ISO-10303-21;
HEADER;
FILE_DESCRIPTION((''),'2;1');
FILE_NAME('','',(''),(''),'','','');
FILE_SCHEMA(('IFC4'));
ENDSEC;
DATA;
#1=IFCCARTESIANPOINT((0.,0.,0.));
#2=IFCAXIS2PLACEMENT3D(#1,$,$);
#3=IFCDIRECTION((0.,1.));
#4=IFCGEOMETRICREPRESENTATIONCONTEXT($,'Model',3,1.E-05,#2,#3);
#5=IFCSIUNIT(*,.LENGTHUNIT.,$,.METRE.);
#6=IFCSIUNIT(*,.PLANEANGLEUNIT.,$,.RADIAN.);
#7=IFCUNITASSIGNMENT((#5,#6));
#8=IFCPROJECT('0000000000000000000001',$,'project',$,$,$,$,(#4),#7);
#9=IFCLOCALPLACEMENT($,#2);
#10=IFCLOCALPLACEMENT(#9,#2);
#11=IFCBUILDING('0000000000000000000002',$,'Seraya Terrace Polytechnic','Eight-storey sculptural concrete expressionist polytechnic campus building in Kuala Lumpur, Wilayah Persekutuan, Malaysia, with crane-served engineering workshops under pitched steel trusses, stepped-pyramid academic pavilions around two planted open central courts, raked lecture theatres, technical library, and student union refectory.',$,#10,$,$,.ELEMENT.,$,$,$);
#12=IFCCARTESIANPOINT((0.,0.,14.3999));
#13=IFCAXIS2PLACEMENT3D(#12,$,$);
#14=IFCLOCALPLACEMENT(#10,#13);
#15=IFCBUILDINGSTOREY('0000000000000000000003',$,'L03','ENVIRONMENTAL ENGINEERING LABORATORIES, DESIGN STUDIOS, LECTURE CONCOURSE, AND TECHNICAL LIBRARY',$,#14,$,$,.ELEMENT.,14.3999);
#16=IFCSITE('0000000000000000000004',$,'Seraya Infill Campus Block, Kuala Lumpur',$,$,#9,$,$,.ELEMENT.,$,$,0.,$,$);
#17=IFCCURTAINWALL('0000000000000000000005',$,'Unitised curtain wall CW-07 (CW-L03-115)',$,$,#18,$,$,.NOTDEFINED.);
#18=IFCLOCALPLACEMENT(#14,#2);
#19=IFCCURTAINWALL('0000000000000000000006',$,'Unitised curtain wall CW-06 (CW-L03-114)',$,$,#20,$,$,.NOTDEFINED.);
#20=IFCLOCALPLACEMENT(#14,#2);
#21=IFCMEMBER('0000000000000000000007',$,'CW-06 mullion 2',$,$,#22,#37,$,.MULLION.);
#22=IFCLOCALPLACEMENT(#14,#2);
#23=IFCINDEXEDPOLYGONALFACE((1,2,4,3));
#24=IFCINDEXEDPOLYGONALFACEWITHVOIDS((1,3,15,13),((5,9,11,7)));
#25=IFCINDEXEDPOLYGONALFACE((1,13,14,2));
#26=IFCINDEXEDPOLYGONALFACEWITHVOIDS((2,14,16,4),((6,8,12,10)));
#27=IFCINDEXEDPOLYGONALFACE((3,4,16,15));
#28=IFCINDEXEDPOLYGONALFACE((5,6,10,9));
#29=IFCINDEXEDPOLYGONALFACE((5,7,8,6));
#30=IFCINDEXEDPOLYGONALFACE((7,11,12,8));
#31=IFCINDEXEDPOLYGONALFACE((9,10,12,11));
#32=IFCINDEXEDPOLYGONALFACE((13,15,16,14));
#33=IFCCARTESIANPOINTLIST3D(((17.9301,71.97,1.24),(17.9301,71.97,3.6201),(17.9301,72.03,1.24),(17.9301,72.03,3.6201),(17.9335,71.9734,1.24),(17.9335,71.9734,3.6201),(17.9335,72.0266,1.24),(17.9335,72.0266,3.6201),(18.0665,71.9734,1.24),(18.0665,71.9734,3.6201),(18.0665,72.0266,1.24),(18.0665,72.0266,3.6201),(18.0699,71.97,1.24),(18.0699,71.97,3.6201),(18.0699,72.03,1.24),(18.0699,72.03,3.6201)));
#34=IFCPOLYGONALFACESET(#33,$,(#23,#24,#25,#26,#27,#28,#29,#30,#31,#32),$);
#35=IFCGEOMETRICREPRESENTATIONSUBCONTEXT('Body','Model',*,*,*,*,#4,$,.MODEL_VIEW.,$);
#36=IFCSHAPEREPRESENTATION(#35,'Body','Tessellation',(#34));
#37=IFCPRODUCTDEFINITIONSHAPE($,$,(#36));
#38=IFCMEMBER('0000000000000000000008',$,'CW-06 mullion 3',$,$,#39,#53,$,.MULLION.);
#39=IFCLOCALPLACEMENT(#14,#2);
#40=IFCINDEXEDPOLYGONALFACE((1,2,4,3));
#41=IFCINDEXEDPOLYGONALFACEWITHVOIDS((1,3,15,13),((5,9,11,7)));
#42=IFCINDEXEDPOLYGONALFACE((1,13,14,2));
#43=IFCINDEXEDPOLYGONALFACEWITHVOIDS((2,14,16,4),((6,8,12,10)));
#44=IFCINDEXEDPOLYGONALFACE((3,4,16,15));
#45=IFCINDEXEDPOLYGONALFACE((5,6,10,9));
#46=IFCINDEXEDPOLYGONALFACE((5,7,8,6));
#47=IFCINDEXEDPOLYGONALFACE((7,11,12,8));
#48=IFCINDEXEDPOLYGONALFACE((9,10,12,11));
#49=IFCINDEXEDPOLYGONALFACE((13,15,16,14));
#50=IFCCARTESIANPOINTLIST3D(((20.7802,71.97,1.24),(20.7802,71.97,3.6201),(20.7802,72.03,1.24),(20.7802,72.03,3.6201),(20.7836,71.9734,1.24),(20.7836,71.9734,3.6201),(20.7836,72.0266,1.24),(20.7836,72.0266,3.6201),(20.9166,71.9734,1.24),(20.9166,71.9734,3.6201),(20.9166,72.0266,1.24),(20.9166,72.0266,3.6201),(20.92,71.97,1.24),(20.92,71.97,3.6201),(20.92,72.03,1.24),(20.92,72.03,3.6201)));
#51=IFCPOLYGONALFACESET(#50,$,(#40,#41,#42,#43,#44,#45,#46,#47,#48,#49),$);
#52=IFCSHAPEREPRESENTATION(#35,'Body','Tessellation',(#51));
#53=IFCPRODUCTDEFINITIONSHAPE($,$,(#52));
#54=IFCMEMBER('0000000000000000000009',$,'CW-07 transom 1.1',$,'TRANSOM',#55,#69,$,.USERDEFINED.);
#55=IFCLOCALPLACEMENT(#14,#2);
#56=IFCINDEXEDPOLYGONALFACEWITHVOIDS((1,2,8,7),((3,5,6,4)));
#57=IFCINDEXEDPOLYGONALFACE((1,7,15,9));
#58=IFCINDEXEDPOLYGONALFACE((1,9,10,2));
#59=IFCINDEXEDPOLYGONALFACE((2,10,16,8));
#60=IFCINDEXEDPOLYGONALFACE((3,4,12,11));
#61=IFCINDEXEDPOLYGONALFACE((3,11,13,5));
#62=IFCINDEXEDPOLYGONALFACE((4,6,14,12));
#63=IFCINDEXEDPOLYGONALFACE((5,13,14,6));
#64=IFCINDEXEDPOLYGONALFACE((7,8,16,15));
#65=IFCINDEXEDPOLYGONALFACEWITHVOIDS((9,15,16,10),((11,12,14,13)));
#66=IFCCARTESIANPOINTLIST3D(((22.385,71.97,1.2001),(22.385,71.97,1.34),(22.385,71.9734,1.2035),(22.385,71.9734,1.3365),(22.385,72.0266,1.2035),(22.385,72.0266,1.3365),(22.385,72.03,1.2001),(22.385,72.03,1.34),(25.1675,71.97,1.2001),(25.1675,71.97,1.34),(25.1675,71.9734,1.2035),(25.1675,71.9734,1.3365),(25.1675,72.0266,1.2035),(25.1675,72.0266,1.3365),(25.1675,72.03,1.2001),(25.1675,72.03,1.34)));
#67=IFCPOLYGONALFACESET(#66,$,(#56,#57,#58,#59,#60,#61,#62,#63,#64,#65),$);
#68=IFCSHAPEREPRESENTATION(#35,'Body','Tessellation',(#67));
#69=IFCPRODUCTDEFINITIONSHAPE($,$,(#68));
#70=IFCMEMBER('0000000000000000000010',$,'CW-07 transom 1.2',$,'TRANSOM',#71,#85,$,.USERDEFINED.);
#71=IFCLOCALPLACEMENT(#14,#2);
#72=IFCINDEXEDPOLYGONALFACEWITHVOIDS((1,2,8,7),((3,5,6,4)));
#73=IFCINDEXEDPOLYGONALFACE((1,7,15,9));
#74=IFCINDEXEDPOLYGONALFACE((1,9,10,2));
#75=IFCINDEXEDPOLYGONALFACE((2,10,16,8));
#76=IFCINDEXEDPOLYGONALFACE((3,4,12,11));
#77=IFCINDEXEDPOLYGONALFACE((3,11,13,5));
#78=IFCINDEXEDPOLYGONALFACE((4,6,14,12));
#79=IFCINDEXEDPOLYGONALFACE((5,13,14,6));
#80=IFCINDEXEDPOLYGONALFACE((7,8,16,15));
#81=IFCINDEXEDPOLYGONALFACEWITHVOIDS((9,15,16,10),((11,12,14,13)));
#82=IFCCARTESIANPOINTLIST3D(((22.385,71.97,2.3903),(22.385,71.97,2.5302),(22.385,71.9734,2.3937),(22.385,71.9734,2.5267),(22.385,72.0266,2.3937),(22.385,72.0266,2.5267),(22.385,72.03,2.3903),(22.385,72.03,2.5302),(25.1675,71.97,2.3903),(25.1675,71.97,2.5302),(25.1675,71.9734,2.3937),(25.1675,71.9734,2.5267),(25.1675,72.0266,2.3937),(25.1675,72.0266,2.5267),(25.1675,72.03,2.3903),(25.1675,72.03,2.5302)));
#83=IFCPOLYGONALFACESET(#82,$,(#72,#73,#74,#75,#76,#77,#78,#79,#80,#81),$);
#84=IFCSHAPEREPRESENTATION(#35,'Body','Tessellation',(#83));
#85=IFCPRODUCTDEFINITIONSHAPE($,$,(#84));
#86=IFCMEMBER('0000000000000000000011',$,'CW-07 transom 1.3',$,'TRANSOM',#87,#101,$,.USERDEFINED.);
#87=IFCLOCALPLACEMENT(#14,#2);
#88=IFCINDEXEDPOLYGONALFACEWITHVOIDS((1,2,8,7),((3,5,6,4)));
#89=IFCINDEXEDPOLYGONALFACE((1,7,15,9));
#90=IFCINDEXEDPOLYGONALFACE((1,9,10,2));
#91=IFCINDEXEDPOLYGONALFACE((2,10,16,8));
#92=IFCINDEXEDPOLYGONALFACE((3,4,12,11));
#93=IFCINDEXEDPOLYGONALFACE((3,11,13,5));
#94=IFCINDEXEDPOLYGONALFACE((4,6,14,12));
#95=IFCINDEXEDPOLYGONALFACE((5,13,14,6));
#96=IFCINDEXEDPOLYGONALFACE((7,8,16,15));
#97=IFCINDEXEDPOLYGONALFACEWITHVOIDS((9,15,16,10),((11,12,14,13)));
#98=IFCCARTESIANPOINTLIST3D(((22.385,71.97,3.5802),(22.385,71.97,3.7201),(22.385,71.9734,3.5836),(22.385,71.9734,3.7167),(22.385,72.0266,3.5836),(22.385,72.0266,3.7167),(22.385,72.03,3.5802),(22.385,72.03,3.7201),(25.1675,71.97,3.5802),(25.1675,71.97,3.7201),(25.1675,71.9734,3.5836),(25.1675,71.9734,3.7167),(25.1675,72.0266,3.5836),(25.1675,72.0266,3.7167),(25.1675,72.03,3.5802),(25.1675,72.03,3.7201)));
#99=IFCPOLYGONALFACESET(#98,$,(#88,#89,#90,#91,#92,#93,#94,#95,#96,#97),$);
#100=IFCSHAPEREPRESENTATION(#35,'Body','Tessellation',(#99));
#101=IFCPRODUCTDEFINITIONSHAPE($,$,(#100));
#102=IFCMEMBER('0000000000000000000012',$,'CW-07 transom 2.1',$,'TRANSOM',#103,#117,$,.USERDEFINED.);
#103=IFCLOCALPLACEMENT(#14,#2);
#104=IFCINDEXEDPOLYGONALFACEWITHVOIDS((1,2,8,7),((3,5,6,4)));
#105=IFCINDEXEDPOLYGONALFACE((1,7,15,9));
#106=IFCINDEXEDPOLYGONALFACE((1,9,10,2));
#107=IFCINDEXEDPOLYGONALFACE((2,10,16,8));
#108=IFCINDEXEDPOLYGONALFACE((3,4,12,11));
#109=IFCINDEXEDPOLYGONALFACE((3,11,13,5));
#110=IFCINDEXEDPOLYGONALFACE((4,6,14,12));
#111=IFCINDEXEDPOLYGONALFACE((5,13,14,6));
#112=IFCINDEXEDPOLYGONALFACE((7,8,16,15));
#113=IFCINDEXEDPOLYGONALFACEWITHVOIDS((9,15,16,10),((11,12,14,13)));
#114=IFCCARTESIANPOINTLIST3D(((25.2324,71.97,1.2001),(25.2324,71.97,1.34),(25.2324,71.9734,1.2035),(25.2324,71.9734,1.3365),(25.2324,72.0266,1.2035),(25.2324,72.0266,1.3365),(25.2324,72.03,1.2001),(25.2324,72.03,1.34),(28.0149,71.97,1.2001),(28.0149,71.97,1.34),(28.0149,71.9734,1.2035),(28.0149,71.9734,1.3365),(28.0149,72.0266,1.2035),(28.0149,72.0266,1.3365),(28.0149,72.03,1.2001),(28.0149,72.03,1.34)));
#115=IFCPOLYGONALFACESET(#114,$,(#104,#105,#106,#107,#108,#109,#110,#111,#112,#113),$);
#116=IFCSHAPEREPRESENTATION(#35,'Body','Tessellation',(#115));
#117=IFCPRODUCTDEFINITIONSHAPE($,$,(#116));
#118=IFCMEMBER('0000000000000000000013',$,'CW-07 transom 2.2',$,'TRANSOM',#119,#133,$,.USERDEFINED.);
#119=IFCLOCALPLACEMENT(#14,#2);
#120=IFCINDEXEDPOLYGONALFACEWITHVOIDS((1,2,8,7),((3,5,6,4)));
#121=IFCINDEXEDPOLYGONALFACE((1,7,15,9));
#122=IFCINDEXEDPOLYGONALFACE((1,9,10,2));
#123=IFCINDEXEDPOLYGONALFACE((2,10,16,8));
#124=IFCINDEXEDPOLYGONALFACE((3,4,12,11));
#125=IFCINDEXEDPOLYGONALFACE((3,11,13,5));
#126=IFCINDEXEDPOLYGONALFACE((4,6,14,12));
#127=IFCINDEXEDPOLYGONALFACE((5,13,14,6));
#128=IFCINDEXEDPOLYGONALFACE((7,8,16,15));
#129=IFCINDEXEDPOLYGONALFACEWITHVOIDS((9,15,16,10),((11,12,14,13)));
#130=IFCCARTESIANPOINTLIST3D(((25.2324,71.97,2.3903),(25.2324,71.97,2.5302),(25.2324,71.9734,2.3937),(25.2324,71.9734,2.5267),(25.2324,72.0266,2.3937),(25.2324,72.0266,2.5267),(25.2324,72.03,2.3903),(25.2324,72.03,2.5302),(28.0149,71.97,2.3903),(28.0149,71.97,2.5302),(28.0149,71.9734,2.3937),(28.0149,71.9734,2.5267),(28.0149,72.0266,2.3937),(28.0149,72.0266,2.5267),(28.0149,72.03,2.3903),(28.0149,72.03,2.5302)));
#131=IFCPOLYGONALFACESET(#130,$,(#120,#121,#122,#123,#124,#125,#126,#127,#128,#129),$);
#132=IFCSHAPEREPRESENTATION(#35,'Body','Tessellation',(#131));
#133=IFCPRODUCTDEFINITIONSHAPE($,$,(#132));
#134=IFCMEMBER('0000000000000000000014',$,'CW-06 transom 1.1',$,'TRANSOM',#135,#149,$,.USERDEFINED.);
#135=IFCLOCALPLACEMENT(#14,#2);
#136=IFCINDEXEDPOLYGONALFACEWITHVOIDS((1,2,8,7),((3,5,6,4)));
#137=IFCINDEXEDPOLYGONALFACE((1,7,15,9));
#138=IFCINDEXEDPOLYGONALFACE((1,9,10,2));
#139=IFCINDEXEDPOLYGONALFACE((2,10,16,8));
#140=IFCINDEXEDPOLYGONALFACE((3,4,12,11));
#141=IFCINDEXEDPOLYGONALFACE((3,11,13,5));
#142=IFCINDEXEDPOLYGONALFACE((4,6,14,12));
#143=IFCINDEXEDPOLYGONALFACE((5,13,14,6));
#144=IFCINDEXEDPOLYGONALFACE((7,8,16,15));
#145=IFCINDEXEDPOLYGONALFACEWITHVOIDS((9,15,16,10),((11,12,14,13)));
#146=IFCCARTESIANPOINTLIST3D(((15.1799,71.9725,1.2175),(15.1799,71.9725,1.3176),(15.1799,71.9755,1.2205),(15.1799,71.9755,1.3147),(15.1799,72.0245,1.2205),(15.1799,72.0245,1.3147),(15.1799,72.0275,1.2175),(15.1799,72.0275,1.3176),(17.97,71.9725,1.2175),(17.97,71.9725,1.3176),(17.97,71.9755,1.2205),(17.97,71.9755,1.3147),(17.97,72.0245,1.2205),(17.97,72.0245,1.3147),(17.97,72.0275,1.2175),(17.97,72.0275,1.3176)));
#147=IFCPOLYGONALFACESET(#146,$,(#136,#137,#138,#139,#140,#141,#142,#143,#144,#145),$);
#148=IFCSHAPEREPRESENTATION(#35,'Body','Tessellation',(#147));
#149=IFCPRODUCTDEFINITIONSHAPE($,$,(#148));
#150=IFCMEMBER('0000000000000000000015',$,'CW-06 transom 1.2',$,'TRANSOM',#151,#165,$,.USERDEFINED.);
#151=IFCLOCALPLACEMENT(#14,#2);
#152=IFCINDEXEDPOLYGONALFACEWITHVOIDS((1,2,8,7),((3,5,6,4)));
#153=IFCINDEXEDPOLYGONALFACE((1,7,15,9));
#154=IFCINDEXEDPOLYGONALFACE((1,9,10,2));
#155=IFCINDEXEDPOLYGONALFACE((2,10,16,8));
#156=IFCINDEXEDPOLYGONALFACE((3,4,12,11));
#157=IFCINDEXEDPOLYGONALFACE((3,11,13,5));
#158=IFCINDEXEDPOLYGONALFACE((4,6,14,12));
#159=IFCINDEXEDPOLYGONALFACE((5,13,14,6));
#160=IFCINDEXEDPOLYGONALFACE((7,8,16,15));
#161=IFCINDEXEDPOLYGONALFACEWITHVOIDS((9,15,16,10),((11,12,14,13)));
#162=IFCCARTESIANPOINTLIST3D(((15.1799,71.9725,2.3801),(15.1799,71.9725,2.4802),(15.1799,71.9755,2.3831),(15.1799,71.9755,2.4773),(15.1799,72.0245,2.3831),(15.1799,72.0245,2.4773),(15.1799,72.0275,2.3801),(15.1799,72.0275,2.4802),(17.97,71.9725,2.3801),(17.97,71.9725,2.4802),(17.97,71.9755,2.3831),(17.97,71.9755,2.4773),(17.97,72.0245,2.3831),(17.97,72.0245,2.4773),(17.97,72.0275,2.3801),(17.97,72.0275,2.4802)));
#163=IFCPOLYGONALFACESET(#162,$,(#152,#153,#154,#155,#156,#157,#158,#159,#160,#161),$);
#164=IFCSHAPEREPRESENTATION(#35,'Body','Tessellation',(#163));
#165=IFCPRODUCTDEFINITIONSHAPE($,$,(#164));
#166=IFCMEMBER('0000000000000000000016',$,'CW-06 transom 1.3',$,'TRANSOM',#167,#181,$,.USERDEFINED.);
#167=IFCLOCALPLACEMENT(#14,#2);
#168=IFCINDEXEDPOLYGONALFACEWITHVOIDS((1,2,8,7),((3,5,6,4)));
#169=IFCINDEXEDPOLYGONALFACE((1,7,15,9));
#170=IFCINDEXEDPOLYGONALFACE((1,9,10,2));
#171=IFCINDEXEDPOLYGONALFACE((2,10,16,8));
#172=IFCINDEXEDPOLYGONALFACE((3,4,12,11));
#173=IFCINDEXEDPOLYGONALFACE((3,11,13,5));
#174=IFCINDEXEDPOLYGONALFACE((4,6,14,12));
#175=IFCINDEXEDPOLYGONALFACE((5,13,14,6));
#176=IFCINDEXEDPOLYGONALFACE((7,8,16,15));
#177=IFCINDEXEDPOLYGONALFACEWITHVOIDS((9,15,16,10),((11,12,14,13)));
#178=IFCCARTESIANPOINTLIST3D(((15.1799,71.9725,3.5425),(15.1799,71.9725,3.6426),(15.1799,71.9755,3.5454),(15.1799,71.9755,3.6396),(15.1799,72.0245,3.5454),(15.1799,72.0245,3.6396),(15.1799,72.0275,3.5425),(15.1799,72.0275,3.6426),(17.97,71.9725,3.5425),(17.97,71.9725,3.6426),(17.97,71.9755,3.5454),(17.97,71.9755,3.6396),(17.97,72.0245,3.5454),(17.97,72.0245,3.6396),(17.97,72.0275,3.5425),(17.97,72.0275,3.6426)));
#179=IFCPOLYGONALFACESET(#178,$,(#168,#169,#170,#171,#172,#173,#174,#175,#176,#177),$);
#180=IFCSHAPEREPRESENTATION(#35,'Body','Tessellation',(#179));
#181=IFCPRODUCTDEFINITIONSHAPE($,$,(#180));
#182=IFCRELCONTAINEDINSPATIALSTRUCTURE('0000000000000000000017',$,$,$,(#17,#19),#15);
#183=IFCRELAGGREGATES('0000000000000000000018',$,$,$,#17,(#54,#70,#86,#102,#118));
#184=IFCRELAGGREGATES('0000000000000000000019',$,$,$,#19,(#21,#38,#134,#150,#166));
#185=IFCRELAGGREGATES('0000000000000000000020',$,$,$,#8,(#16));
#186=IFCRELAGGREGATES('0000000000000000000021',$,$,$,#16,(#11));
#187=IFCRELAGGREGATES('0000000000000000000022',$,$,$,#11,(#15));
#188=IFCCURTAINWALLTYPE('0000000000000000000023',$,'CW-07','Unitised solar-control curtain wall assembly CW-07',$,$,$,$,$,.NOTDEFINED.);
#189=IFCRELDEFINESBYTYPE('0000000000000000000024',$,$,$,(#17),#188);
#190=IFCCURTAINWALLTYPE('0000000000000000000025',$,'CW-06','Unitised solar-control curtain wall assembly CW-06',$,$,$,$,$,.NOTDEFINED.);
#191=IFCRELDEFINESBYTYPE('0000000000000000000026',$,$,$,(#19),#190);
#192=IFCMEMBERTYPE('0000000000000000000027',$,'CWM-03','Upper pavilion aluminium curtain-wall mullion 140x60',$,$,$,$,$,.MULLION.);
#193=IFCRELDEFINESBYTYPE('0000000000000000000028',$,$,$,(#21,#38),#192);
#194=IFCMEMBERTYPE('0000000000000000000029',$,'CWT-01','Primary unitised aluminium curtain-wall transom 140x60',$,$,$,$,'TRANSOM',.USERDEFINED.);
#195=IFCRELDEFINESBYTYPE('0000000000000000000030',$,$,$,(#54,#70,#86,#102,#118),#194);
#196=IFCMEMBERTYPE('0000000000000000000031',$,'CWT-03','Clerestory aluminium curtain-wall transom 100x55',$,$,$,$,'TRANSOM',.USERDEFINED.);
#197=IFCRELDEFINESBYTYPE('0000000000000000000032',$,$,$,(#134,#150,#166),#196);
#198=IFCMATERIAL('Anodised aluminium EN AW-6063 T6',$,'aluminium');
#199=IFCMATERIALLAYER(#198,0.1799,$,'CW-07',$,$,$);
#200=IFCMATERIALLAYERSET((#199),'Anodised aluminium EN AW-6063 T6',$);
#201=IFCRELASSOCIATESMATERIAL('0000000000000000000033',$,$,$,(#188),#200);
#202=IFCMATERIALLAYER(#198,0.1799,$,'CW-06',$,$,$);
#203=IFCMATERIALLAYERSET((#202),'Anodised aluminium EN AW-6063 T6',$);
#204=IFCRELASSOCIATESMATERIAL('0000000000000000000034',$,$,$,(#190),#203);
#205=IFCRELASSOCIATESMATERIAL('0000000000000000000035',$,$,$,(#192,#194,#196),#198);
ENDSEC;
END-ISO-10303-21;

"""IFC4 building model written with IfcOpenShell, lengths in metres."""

from ifc_helpers import new_model, si_unit, direction, frame, origin, origin_2d, place, context, subcontext, project, spatial, hollow_rectangle, extrude, material, layer, layer_set, material_profile, profile_set, type_object, element, aggregate, save


model = new_model("IFC4")

# Units and contexts
model_context = context("Model", 3, precision=1e-05, world=origin(), true_north=direction((0.0, 1.0)))
body_context = subcontext(model_context, "Body", "Model", "MODEL_VIEW")
ifc_project = project(units=[si_unit("LENGTHUNIT", "METRE"), si_unit("PLANEANGLEUNIT", "RADIAN")], contexts=[model_context])

# Site, building, storey
site_placement = place(None, origin())
site = spatial("IfcSite", under=ifc_project, at=site_placement, Name="Seraya Infill Campus Block, Kuala Lumpur", CompositionType="ELEMENT", RefElevation=0.0)
building_placement = place(site_placement, origin())
building = spatial("IfcBuilding", under=site, at=building_placement, Name="Seraya Terrace Polytechnic", Description="Eight-storey sculptural concrete expressionist polytechnic campus building in Kuala Lumpur, Wilayah Persekutuan, Malaysia, with crane-served engineering workshops under pitched steel trusses, stepped-pyramid academic pavilions around two planted open central courts, raked lecture theatres, technical library, and student union refectory.", CompositionType="ELEMENT")
storey_placement = place(building_placement, frame((0.0, 0.0, 14.3999)))
storey = spatial("IfcBuildingStorey", under=building, at=storey_placement, Name="L03", Description="ENVIRONMENTAL ENGINEERING LABORATORIES, DESIGN STUDIOS, LECTURE CONCOURSE, AND TECHNICAL LIBRARY", CompositionType="ELEMENT", Elevation=14.3999)

# Curtain walls, members
ifc_material_1 = material(Name="Anodised aluminium EN AW-6063 T6", Category="aluminium")
ifc_layer_1 = layer(ifc_material_1, 0.1799, Name="CW-07")
ifc_layer_set_1 = layer_set([ifc_layer_1], Name="Anodised aluminium EN AW-6063 T6")
curtain_wall_type_1 = type_object("IfcCurtainWallType", Name="CW-07", Description="Unitised solar-control curtain wall assembly CW-07", PredefinedType="NOTDEFINED", material=ifc_layer_set_1)
curtain_wall_1_placement = place(storey_placement, origin())
curtain_wall_1 = element("IfcCurtainWall", 1, at=curtain_wall_1_placement, inside=storey, type_object=curtain_wall_type_1, Name="Unitised curtain wall CW-07 (CW-L03-115)", PredefinedType="NOTDEFINED")
ifc_layer_2 = layer(ifc_material_1, 0.1799, Name="CW-06")
ifc_layer_set_2 = layer_set([ifc_layer_2], Name="Anodised aluminium EN AW-6063 T6")
curtain_wall_type_2 = type_object("IfcCurtainWallType", Name="CW-06", Description="Unitised solar-control curtain wall assembly CW-06", PredefinedType="NOTDEFINED", material=ifc_layer_set_2)
curtain_wall_2_placement = place(storey_placement, origin())
curtain_wall_2 = element("IfcCurtainWall", 2, at=curtain_wall_2_placement, inside=storey, type_object=curtain_wall_type_2, Name="Unitised curtain wall CW-06 (CW-L03-114)", PredefinedType="NOTDEFINED")
ifc_material_profile_1 = material_profile(ifc_material_1, hollow_rectangle(XDim=0.0601, YDim=0.1399, WallThickness=0.0034, at=origin_2d()), Name="RHS 140x60x3.5")
ifc_profile_set_1 = profile_set([ifc_material_profile_1], Name="Anodised aluminium EN AW-6063 T6")
member_type_1 = type_object("IfcMemberType", Name="CWM-03", Description="Upper pavilion aluminium curtain-wall mullion 140x60", PredefinedType="MULLION", material=ifc_profile_set_1)
member_1_placement = place(storey_placement, frame((18.0, 72.0, 1.24), z_axis=(0.0, 0.0, 1.0), x_axis=(0.0, 1.0, 0.0)))
member_1 = element("IfcMember", 3, at=member_1_placement, type_object=member_type_1, Name="CW-06 mullion 2", PredefinedType="MULLION", context=body_context, shape_type="SweptSolid", body=[
    extrude(hollow_rectangle(XDim=0.0601, YDim=0.1399, WallThickness=0.0034, at=origin_2d()), origin(), (0.0, 0.0, 1.0), 2.3801),
])
member_2_placement = place(storey_placement, frame((20.8501, 72.0, 1.24), z_axis=(0.0, 0.0, 1.0), x_axis=(0.0, 1.0, 0.0)))
member_2 = element("IfcMember", 4, at=member_2_placement, type_object=member_type_1, Name="CW-06 mullion 3", PredefinedType="MULLION", context=body_context, shape_type="SweptSolid", body=[
    extrude(hollow_rectangle(XDim=0.0601, YDim=0.1399, WallThickness=0.0034, at=origin_2d()), origin(), (0.0, 0.0, 1.0), 2.3801),
])

# Members
ifc_material_profile_2 = material_profile(ifc_material_1, hollow_rectangle(XDim=0.0601, YDim=0.1399, WallThickness=0.0034, at=origin_2d()), Name="RHS 140x60x3.5")
ifc_profile_set_2 = profile_set([ifc_material_profile_2], Name="Anodised aluminium EN AW-6063 T6")
member_type_2 = type_object("IfcMemberType", Name="CWT-01", Description="Primary unitised aluminium curtain-wall transom 140x60", ElementType="TRANSOM", PredefinedType="USERDEFINED", material=ifc_profile_set_2)
member_3_placement = place(storey_placement, frame((22.385, 72.0, 1.27), z_axis=(1.0, 0.0, 0.0), x_axis=(0.0, 1.0, 0.0)))
member_3 = element("IfcMember", 5, at=member_3_placement, type_object=member_type_2, Name="CW-07 transom 1.1", ObjectType="TRANSOM", PredefinedType="USERDEFINED", context=body_context, shape_type="SweptSolid", body=[
    extrude(hollow_rectangle(XDim=0.0601, YDim=0.1399, WallThickness=0.0034, at=origin_2d()), origin(), (0.0, 0.0, 1.0), 2.7825),
])
member_4_placement = place(storey_placement, frame((22.385, 72.0, 2.4602), z_axis=(1.0, 0.0, 0.0), x_axis=(0.0, 1.0, 0.0)))
member_4 = element("IfcMember", 6, at=member_4_placement, type_object=member_type_2, Name="CW-07 transom 1.2", ObjectType="TRANSOM", PredefinedType="USERDEFINED", context=body_context, shape_type="SweptSolid", body=[
    extrude(hollow_rectangle(XDim=0.0601, YDim=0.1399, WallThickness=0.0034, at=origin_2d()), origin(), (0.0, 0.0, 1.0), 2.7825),
])
member_5_placement = place(storey_placement, frame((22.385, 72.0, 3.6501), z_axis=(1.0, 0.0, 0.0), x_axis=(0.0, 1.0, 0.0)))
member_5 = element("IfcMember", 7, at=member_5_placement, type_object=member_type_2, Name="CW-07 transom 1.3", ObjectType="TRANSOM", PredefinedType="USERDEFINED", context=body_context, shape_type="SweptSolid", body=[
    extrude(hollow_rectangle(XDim=0.0601, YDim=0.1399, WallThickness=0.0034, at=origin_2d()), origin(), (0.0, 0.0, 1.0), 2.7825),
])
member_6_placement = place(storey_placement, frame((25.2324, 72.0, 1.27), z_axis=(1.0, 0.0, 0.0), x_axis=(0.0, 1.0, 0.0)))
member_6 = element("IfcMember", 8, at=member_6_placement, type_object=member_type_2, Name="CW-07 transom 2.1", ObjectType="TRANSOM", PredefinedType="USERDEFINED", context=body_context, shape_type="SweptSolid", body=[
    extrude(hollow_rectangle(XDim=0.0601, YDim=0.1399, WallThickness=0.0034, at=origin_2d()), origin(), (0.0, 0.0, 1.0), 2.7825),
])
member_7_placement = place(storey_placement, frame((25.2324, 72.0, 2.4602), z_axis=(1.0, 0.0, 0.0), x_axis=(0.0, 1.0, 0.0)))
member_7 = element("IfcMember", 9, at=member_7_placement, type_object=member_type_2, Name="CW-07 transom 2.2", ObjectType="TRANSOM", PredefinedType="USERDEFINED", context=body_context, shape_type="SweptSolid", body=[
    extrude(hollow_rectangle(XDim=0.0601, YDim=0.1399, WallThickness=0.0034, at=origin_2d()), origin(), (0.0, 0.0, 1.0), 2.7825),
])
ifc_material_profile_3 = material_profile(ifc_material_1, hollow_rectangle(XDim=0.0549, YDim=0.1001, WallThickness=0.0029, at=origin_2d()), Name="RHS 100x55x3.0")
ifc_profile_set_3 = profile_set([ifc_material_profile_3], Name="Anodised aluminium EN AW-6063 T6")
member_type_3 = type_object("IfcMemberType", Name="CWT-03", Description="Clerestory aluminium curtain-wall transom 100x55", ElementType="TRANSOM", PredefinedType="USERDEFINED", material=ifc_profile_set_3)
member_8_placement = place(storey_placement, frame((15.1799, 72.0, 1.2676), z_axis=(1.0, 0.0, 0.0), x_axis=(0.0, 1.0, 0.0)))
member_8 = element("IfcMember", 10, at=member_8_placement, type_object=member_type_3, Name="CW-06 transom 1.1", ObjectType="TRANSOM", PredefinedType="USERDEFINED", context=body_context, shape_type="SweptSolid", body=[
    extrude(hollow_rectangle(XDim=0.0549, YDim=0.1001, WallThickness=0.0029, at=origin_2d()), origin(), (0.0, 0.0, 1.0), 2.79),
])
member_9_placement = place(storey_placement, frame((15.1799, 72.0, 2.4302), z_axis=(1.0, 0.0, 0.0), x_axis=(0.0, 1.0, 0.0)))
member_9 = element("IfcMember", 11, at=member_9_placement, type_object=member_type_3, Name="CW-06 transom 1.2", ObjectType="TRANSOM", PredefinedType="USERDEFINED", context=body_context, shape_type="SweptSolid", body=[
    extrude(hollow_rectangle(XDim=0.0549, YDim=0.1001, WallThickness=0.0029, at=origin_2d()), origin(), (0.0, 0.0, 1.0), 2.79),
])
member_10_placement = place(storey_placement, frame((15.1799, 72.0, 3.5925), z_axis=(1.0, 0.0, 0.0), x_axis=(0.0, 1.0, 0.0)))
member_10 = element("IfcMember", 12, at=member_10_placement, type_object=member_type_3, Name="CW-06 transom 1.3", ObjectType="TRANSOM", PredefinedType="USERDEFINED", context=body_context, shape_type="SweptSolid", body=[
    extrude(hollow_rectangle(XDim=0.0549, YDim=0.1001, WallThickness=0.0029, at=origin_2d()), origin(), (0.0, 0.0, 1.0), 2.79),
])

aggregate(curtain_wall_1, [member_3, member_4, member_5, member_6, member_7])
aggregate(curtain_wall_2, [member_1, member_2, member_8, member_9, member_10])

save(model, "model.ifc")
